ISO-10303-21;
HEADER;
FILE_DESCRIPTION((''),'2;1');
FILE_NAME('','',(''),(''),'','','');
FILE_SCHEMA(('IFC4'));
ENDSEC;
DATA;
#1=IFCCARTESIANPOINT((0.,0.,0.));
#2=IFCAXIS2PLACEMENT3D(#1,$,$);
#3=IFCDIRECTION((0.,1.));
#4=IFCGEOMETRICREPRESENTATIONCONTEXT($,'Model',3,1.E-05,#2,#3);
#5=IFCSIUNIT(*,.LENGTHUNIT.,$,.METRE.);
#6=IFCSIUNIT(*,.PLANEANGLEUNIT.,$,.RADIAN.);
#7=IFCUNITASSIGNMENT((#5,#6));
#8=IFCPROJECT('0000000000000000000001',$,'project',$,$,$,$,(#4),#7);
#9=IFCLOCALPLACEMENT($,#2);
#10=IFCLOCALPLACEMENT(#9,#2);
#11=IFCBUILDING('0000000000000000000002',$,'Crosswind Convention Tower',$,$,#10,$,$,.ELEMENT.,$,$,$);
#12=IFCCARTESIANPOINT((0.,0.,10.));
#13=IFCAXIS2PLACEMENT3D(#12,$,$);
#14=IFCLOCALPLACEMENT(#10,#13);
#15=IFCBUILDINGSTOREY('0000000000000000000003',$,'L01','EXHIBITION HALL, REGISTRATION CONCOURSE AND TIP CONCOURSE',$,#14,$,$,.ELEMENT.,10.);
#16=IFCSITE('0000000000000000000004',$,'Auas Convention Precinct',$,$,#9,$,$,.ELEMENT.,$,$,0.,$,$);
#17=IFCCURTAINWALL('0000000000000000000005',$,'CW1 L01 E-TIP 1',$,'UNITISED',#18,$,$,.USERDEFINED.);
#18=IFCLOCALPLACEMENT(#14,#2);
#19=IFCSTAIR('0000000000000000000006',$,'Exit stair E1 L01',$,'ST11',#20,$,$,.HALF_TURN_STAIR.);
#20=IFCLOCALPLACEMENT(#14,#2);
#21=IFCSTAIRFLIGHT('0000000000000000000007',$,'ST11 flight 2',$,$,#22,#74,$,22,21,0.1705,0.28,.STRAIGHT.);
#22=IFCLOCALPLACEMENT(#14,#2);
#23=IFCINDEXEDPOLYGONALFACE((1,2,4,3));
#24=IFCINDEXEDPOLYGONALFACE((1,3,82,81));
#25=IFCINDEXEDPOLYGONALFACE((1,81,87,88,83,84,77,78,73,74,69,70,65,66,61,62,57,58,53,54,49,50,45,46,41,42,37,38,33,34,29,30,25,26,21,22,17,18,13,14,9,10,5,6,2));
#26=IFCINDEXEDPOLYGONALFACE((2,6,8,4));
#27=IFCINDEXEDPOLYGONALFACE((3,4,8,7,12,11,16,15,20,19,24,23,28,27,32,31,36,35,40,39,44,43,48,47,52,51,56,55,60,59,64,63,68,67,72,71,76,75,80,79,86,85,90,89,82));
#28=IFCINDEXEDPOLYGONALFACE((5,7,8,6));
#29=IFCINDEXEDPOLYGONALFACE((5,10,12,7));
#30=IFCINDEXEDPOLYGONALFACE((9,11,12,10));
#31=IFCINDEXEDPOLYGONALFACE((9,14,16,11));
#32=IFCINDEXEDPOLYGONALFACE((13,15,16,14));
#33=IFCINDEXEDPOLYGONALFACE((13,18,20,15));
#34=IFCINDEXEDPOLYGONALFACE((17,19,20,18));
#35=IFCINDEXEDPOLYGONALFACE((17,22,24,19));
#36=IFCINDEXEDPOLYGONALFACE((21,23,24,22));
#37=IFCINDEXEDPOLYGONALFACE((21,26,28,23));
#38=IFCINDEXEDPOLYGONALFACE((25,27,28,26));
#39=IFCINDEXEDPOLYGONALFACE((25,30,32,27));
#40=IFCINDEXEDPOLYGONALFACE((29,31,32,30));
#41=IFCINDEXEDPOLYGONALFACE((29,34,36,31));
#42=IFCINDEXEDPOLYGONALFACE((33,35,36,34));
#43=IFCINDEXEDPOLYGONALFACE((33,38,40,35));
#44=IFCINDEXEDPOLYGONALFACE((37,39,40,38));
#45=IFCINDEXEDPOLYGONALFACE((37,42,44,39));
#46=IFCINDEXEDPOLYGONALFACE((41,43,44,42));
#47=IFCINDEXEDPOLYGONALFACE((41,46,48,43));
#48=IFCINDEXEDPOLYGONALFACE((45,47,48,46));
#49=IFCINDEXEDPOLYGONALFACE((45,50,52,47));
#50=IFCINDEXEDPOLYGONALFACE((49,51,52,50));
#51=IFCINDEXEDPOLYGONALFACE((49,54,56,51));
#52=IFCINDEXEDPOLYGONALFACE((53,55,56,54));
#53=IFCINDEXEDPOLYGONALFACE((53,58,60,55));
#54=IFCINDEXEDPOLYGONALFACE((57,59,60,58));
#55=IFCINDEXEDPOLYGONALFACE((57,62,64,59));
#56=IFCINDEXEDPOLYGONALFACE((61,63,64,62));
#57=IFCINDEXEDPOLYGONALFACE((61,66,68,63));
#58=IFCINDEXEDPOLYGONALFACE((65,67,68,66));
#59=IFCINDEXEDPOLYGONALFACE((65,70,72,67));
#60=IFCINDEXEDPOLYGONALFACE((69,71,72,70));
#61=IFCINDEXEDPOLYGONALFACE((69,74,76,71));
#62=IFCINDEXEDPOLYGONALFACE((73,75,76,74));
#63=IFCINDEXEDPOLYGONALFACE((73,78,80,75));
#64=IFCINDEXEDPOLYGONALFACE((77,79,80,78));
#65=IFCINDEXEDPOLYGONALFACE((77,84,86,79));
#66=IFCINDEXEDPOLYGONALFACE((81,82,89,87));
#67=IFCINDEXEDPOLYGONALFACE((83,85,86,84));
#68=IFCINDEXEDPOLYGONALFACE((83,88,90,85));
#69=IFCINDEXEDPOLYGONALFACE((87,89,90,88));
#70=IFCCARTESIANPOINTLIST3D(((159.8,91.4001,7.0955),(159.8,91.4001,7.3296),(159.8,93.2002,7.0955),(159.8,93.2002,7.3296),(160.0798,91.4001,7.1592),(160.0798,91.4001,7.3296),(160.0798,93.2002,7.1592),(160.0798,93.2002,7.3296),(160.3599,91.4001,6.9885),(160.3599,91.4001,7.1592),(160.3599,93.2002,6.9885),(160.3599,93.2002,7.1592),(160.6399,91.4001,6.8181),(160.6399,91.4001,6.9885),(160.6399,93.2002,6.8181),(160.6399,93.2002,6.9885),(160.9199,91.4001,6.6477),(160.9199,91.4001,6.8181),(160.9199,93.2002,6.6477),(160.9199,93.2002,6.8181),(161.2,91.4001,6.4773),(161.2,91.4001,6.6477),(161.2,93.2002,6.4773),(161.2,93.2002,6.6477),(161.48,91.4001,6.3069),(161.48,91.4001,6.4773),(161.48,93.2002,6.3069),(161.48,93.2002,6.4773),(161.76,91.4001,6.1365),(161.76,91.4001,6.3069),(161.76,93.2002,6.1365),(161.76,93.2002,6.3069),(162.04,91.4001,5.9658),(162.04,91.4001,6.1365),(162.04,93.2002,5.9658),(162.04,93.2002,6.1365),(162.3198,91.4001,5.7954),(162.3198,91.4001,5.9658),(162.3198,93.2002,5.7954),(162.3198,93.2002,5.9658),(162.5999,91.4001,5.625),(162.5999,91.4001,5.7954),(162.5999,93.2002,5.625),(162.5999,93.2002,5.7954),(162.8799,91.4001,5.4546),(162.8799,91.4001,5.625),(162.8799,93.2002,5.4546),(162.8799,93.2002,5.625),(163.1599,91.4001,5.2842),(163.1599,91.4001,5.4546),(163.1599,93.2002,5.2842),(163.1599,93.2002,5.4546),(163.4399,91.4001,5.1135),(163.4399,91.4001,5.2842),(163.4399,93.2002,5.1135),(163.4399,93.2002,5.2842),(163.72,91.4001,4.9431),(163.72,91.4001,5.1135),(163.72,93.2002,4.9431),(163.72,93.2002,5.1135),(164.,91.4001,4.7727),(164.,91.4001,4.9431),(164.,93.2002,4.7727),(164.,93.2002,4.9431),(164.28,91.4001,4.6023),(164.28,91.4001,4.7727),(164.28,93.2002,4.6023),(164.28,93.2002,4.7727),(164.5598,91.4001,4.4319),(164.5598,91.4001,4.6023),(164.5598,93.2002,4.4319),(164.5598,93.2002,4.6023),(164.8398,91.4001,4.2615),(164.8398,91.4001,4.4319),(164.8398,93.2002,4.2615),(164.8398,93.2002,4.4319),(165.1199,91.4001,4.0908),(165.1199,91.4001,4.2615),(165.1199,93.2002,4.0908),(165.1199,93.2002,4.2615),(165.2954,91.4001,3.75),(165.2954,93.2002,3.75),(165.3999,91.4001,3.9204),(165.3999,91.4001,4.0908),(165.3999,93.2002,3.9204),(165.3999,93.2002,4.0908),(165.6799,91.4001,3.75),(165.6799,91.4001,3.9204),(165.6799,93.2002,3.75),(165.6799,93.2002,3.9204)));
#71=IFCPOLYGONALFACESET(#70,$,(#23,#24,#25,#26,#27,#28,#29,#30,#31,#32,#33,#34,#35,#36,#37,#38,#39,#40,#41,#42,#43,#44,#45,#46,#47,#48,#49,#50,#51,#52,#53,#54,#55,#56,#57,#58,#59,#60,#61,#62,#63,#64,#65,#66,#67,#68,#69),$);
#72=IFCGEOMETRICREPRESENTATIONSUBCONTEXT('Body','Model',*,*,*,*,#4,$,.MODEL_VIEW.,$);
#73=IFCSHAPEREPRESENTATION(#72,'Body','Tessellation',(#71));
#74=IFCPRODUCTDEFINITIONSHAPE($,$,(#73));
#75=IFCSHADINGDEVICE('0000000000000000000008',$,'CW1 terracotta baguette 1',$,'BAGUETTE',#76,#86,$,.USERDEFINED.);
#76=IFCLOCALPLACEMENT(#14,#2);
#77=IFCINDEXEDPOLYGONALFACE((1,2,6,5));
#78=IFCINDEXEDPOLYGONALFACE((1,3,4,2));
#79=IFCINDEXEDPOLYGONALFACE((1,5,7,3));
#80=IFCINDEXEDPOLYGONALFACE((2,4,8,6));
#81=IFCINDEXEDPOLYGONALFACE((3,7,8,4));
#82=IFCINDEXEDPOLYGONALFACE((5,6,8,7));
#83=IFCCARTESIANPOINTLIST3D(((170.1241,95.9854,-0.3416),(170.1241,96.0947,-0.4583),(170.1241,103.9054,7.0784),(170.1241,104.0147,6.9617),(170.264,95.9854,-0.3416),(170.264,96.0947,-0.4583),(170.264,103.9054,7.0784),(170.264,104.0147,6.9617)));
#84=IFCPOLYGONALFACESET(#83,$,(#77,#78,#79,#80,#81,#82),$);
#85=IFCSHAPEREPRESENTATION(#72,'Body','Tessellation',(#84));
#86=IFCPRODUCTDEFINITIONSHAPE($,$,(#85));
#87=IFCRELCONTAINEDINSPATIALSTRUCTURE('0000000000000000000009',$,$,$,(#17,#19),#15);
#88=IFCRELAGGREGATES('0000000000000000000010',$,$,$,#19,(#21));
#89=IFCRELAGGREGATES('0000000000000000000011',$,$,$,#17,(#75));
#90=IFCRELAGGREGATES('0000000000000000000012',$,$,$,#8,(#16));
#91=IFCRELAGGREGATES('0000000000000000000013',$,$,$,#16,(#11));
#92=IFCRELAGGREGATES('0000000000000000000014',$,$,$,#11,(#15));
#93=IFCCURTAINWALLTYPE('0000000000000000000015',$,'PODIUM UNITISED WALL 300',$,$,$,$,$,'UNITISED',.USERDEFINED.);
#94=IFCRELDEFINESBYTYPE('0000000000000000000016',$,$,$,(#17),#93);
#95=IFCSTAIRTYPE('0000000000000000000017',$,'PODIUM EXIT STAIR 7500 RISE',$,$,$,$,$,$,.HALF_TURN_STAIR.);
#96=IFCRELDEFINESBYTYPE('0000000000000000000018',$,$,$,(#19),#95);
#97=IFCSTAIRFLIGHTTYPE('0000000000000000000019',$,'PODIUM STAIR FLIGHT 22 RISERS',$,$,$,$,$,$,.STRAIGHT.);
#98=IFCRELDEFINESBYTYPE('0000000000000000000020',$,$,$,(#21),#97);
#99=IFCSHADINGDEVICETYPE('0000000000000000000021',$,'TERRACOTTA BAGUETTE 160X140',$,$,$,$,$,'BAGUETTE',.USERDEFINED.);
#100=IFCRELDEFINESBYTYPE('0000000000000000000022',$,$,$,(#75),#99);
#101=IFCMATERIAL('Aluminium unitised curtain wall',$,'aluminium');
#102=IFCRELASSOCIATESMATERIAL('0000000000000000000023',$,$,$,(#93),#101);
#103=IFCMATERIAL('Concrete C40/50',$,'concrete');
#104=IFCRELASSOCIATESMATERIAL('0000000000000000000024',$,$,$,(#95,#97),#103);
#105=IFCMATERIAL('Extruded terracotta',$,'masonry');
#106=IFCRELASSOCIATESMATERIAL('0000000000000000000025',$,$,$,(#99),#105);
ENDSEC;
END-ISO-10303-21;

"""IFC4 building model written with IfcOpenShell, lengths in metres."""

from ifc_helpers import new_model, si_unit, direction, frame, origin, origin_2d, place, context, subcontext, project, spatial, polyline, rectangle, outline, extrude, material, material_profile, profile_set, type_object, element, aggregate, save


model = new_model("IFC4")

# Units and contexts
model_context = context("Model", 3, precision=1e-05, world=origin(), true_north=direction((0.0, 1.0)))
body_context = subcontext(model_context, "Body", "Model", "MODEL_VIEW")
ifc_project = project(units=[si_unit("LENGTHUNIT", "METRE"), si_unit("PLANEANGLEUNIT", "RADIAN")], contexts=[model_context])

# Site, building, storey
site_placement = place(None, origin())
site = spatial("IfcSite", under=ifc_project, at=site_placement, Name="Auas Convention Precinct", CompositionType="ELEMENT", RefElevation=0.0)
building_placement = place(site_placement, origin())
building = spatial("IfcBuilding", under=site, at=building_placement, Name="Crosswind Convention Tower", CompositionType="ELEMENT")
storey_placement = place(building_placement, frame((0.0, 0.0, 10.0)))
storey = spatial("IfcBuildingStorey", under=building, at=storey_placement, Name="L01", Description="EXHIBITION HALL, REGISTRATION CONCOURSE AND TIP CONCOURSE", CompositionType="ELEMENT", Elevation=10.0)

# Curtain wall
ifc_material_1 = material(Name="Aluminium unitised curtain wall", Category="aluminium")
curtain_wall_type = type_object("IfcCurtainWallType", Name="PODIUM UNITISED WALL 300", ElementType="UNITISED", PredefinedType="USERDEFINED", material=ifc_material_1)
curtain_wall_placement = place(storey_placement, origin())
curtain_wall = element("IfcCurtainWall", 1, at=curtain_wall_placement, inside=storey, type_object=curtain_wall_type, Name="CW1 L01 E-TIP 1", ObjectType="UNITISED", PredefinedType="USERDEFINED")

# Shared definitions
ifc_material_2 = material(Name="Concrete C40/50", Category="concrete")

# Stair, stair flight
stair_type = type_object("IfcStairType", Name="PODIUM EXIT STAIR 7500 RISE", PredefinedType="HALF_TURN_STAIR", material=ifc_material_2)
stair_placement = place(storey_placement, origin())
stair = element("IfcStair", 2, at=stair_placement, inside=storey, type_object=stair_type, Name="Exit stair E1 L01", ObjectType="ST11", PredefinedType="HALF_TURN_STAIR")
stair_flight_type = type_object("IfcStairFlightType", Name="PODIUM STAIR FLIGHT 22 RISERS", PredefinedType="STRAIGHT", material=ifc_material_2)
stair_flight_1_placement = place(storey_placement, frame((165.6799, 92.3, 3.75), z_axis=(0.0, 0.0, 1.0), x_axis=(-1.0, 0.0, 0.0)))
stair_flight_1 = element("IfcStairFlight", 3, at=stair_flight_1_placement, type_object=stair_flight_type, Name="ST11 flight 2", NumberOfRisers=22, NumberOfTreads=21, PredefinedType="STRAIGHT", RiserHeight=0.1705, TreadLength=0.28, context=body_context, shape_type="SweptSolid", body=[
    extrude(outline(polyline([(0.0, 0.0), (0.0, 0.1704), (0.28, 0.1704), (0.28, 0.3408), (0.5601, 0.3408), (0.5601, 0.5115), (0.8401, 0.5115), (0.8401, 0.6819), (1.1201, 0.6819), (1.1201, 0.8523), (1.3999, 0.8523), (1.3999, 1.0227), (1.6799, 1.0227), (1.6799, 1.1931), (1.96, 1.1931), (1.96, 1.3635), (2.24, 1.3635), (2.24, 1.5342), (2.52, 1.5342), (2.52, 1.7046), (2.8, 1.7046), (2.8, 1.875), (3.0801, 1.875), (3.0801, 2.0454), (3.3601, 2.0454), (3.3601, 2.2158), (3.6399, 2.2158), (3.6399, 2.3865), (3.9199, 2.3865), (3.9199, 2.5569), (4.2, 2.5569), (4.2, 2.7273), (4.48, 2.7273), (4.48, 2.8977), (4.76, 2.8977), (4.76, 3.0681), (5.04, 3.0681), (5.04, 3.2385), (5.3201, 3.2385), (5.3201, 3.4092), (5.6001, 3.4092), (5.6001, 3.5796), (5.8799, 3.5796), (5.8799, 3.75), (5.8799, 3.3455), (0.3845, 0.0), (0.0, 0.0)])), frame((0.0, 0.8999, 0.0), z_axis=(0.0, -1.0, 0.0), x_axis=(1.0, 0.0, 0.0)), (0.0, 0.0, 1.0), 1.8),
])
aggregate(stair, [stair_flight_1])

# Shading device
ifc_material_3 = material(Name="Extruded terracotta", Category="masonry")
ifc_material_profile_1 = material_profile(ifc_material_3, rectangle(XDim=0.1399, YDim=0.1599, at=origin_2d()), Name="TC 140X160")
ifc_profile_set_1 = profile_set([ifc_material_profile_1], Name="Extruded terracotta")
shading_device_type = type_object("IfcShadingDeviceType", Name="TERRACOTTA BAGUETTE 160X140", ElementType="BAGUETTE", PredefinedType="USERDEFINED", material=ifc_profile_set_1)
shading_device_placement = place(storey_placement, frame((170.1941, 96.04, -0.3999), z_axis=(0.0, 0.729767, 0.683696), x_axis=(-1.0, 0.0, 0.0)))
shading_device = element("IfcShadingDevice", 4, at=shading_device_placement, type_object=shading_device_type, Name="CW1 terracotta baguette 1", ObjectType="BAGUETTE", PredefinedType="USERDEFINED", context=body_context, shape_type="SweptSolid", body=[
    extrude(rectangle(XDim=0.1399, YDim=0.1599, at=origin_2d()), origin(), (0.0, 0.0, 1.0), 10.8528),
])
aggregate(curtain_wall, [shading_device])

save(model, "model.ifc")
